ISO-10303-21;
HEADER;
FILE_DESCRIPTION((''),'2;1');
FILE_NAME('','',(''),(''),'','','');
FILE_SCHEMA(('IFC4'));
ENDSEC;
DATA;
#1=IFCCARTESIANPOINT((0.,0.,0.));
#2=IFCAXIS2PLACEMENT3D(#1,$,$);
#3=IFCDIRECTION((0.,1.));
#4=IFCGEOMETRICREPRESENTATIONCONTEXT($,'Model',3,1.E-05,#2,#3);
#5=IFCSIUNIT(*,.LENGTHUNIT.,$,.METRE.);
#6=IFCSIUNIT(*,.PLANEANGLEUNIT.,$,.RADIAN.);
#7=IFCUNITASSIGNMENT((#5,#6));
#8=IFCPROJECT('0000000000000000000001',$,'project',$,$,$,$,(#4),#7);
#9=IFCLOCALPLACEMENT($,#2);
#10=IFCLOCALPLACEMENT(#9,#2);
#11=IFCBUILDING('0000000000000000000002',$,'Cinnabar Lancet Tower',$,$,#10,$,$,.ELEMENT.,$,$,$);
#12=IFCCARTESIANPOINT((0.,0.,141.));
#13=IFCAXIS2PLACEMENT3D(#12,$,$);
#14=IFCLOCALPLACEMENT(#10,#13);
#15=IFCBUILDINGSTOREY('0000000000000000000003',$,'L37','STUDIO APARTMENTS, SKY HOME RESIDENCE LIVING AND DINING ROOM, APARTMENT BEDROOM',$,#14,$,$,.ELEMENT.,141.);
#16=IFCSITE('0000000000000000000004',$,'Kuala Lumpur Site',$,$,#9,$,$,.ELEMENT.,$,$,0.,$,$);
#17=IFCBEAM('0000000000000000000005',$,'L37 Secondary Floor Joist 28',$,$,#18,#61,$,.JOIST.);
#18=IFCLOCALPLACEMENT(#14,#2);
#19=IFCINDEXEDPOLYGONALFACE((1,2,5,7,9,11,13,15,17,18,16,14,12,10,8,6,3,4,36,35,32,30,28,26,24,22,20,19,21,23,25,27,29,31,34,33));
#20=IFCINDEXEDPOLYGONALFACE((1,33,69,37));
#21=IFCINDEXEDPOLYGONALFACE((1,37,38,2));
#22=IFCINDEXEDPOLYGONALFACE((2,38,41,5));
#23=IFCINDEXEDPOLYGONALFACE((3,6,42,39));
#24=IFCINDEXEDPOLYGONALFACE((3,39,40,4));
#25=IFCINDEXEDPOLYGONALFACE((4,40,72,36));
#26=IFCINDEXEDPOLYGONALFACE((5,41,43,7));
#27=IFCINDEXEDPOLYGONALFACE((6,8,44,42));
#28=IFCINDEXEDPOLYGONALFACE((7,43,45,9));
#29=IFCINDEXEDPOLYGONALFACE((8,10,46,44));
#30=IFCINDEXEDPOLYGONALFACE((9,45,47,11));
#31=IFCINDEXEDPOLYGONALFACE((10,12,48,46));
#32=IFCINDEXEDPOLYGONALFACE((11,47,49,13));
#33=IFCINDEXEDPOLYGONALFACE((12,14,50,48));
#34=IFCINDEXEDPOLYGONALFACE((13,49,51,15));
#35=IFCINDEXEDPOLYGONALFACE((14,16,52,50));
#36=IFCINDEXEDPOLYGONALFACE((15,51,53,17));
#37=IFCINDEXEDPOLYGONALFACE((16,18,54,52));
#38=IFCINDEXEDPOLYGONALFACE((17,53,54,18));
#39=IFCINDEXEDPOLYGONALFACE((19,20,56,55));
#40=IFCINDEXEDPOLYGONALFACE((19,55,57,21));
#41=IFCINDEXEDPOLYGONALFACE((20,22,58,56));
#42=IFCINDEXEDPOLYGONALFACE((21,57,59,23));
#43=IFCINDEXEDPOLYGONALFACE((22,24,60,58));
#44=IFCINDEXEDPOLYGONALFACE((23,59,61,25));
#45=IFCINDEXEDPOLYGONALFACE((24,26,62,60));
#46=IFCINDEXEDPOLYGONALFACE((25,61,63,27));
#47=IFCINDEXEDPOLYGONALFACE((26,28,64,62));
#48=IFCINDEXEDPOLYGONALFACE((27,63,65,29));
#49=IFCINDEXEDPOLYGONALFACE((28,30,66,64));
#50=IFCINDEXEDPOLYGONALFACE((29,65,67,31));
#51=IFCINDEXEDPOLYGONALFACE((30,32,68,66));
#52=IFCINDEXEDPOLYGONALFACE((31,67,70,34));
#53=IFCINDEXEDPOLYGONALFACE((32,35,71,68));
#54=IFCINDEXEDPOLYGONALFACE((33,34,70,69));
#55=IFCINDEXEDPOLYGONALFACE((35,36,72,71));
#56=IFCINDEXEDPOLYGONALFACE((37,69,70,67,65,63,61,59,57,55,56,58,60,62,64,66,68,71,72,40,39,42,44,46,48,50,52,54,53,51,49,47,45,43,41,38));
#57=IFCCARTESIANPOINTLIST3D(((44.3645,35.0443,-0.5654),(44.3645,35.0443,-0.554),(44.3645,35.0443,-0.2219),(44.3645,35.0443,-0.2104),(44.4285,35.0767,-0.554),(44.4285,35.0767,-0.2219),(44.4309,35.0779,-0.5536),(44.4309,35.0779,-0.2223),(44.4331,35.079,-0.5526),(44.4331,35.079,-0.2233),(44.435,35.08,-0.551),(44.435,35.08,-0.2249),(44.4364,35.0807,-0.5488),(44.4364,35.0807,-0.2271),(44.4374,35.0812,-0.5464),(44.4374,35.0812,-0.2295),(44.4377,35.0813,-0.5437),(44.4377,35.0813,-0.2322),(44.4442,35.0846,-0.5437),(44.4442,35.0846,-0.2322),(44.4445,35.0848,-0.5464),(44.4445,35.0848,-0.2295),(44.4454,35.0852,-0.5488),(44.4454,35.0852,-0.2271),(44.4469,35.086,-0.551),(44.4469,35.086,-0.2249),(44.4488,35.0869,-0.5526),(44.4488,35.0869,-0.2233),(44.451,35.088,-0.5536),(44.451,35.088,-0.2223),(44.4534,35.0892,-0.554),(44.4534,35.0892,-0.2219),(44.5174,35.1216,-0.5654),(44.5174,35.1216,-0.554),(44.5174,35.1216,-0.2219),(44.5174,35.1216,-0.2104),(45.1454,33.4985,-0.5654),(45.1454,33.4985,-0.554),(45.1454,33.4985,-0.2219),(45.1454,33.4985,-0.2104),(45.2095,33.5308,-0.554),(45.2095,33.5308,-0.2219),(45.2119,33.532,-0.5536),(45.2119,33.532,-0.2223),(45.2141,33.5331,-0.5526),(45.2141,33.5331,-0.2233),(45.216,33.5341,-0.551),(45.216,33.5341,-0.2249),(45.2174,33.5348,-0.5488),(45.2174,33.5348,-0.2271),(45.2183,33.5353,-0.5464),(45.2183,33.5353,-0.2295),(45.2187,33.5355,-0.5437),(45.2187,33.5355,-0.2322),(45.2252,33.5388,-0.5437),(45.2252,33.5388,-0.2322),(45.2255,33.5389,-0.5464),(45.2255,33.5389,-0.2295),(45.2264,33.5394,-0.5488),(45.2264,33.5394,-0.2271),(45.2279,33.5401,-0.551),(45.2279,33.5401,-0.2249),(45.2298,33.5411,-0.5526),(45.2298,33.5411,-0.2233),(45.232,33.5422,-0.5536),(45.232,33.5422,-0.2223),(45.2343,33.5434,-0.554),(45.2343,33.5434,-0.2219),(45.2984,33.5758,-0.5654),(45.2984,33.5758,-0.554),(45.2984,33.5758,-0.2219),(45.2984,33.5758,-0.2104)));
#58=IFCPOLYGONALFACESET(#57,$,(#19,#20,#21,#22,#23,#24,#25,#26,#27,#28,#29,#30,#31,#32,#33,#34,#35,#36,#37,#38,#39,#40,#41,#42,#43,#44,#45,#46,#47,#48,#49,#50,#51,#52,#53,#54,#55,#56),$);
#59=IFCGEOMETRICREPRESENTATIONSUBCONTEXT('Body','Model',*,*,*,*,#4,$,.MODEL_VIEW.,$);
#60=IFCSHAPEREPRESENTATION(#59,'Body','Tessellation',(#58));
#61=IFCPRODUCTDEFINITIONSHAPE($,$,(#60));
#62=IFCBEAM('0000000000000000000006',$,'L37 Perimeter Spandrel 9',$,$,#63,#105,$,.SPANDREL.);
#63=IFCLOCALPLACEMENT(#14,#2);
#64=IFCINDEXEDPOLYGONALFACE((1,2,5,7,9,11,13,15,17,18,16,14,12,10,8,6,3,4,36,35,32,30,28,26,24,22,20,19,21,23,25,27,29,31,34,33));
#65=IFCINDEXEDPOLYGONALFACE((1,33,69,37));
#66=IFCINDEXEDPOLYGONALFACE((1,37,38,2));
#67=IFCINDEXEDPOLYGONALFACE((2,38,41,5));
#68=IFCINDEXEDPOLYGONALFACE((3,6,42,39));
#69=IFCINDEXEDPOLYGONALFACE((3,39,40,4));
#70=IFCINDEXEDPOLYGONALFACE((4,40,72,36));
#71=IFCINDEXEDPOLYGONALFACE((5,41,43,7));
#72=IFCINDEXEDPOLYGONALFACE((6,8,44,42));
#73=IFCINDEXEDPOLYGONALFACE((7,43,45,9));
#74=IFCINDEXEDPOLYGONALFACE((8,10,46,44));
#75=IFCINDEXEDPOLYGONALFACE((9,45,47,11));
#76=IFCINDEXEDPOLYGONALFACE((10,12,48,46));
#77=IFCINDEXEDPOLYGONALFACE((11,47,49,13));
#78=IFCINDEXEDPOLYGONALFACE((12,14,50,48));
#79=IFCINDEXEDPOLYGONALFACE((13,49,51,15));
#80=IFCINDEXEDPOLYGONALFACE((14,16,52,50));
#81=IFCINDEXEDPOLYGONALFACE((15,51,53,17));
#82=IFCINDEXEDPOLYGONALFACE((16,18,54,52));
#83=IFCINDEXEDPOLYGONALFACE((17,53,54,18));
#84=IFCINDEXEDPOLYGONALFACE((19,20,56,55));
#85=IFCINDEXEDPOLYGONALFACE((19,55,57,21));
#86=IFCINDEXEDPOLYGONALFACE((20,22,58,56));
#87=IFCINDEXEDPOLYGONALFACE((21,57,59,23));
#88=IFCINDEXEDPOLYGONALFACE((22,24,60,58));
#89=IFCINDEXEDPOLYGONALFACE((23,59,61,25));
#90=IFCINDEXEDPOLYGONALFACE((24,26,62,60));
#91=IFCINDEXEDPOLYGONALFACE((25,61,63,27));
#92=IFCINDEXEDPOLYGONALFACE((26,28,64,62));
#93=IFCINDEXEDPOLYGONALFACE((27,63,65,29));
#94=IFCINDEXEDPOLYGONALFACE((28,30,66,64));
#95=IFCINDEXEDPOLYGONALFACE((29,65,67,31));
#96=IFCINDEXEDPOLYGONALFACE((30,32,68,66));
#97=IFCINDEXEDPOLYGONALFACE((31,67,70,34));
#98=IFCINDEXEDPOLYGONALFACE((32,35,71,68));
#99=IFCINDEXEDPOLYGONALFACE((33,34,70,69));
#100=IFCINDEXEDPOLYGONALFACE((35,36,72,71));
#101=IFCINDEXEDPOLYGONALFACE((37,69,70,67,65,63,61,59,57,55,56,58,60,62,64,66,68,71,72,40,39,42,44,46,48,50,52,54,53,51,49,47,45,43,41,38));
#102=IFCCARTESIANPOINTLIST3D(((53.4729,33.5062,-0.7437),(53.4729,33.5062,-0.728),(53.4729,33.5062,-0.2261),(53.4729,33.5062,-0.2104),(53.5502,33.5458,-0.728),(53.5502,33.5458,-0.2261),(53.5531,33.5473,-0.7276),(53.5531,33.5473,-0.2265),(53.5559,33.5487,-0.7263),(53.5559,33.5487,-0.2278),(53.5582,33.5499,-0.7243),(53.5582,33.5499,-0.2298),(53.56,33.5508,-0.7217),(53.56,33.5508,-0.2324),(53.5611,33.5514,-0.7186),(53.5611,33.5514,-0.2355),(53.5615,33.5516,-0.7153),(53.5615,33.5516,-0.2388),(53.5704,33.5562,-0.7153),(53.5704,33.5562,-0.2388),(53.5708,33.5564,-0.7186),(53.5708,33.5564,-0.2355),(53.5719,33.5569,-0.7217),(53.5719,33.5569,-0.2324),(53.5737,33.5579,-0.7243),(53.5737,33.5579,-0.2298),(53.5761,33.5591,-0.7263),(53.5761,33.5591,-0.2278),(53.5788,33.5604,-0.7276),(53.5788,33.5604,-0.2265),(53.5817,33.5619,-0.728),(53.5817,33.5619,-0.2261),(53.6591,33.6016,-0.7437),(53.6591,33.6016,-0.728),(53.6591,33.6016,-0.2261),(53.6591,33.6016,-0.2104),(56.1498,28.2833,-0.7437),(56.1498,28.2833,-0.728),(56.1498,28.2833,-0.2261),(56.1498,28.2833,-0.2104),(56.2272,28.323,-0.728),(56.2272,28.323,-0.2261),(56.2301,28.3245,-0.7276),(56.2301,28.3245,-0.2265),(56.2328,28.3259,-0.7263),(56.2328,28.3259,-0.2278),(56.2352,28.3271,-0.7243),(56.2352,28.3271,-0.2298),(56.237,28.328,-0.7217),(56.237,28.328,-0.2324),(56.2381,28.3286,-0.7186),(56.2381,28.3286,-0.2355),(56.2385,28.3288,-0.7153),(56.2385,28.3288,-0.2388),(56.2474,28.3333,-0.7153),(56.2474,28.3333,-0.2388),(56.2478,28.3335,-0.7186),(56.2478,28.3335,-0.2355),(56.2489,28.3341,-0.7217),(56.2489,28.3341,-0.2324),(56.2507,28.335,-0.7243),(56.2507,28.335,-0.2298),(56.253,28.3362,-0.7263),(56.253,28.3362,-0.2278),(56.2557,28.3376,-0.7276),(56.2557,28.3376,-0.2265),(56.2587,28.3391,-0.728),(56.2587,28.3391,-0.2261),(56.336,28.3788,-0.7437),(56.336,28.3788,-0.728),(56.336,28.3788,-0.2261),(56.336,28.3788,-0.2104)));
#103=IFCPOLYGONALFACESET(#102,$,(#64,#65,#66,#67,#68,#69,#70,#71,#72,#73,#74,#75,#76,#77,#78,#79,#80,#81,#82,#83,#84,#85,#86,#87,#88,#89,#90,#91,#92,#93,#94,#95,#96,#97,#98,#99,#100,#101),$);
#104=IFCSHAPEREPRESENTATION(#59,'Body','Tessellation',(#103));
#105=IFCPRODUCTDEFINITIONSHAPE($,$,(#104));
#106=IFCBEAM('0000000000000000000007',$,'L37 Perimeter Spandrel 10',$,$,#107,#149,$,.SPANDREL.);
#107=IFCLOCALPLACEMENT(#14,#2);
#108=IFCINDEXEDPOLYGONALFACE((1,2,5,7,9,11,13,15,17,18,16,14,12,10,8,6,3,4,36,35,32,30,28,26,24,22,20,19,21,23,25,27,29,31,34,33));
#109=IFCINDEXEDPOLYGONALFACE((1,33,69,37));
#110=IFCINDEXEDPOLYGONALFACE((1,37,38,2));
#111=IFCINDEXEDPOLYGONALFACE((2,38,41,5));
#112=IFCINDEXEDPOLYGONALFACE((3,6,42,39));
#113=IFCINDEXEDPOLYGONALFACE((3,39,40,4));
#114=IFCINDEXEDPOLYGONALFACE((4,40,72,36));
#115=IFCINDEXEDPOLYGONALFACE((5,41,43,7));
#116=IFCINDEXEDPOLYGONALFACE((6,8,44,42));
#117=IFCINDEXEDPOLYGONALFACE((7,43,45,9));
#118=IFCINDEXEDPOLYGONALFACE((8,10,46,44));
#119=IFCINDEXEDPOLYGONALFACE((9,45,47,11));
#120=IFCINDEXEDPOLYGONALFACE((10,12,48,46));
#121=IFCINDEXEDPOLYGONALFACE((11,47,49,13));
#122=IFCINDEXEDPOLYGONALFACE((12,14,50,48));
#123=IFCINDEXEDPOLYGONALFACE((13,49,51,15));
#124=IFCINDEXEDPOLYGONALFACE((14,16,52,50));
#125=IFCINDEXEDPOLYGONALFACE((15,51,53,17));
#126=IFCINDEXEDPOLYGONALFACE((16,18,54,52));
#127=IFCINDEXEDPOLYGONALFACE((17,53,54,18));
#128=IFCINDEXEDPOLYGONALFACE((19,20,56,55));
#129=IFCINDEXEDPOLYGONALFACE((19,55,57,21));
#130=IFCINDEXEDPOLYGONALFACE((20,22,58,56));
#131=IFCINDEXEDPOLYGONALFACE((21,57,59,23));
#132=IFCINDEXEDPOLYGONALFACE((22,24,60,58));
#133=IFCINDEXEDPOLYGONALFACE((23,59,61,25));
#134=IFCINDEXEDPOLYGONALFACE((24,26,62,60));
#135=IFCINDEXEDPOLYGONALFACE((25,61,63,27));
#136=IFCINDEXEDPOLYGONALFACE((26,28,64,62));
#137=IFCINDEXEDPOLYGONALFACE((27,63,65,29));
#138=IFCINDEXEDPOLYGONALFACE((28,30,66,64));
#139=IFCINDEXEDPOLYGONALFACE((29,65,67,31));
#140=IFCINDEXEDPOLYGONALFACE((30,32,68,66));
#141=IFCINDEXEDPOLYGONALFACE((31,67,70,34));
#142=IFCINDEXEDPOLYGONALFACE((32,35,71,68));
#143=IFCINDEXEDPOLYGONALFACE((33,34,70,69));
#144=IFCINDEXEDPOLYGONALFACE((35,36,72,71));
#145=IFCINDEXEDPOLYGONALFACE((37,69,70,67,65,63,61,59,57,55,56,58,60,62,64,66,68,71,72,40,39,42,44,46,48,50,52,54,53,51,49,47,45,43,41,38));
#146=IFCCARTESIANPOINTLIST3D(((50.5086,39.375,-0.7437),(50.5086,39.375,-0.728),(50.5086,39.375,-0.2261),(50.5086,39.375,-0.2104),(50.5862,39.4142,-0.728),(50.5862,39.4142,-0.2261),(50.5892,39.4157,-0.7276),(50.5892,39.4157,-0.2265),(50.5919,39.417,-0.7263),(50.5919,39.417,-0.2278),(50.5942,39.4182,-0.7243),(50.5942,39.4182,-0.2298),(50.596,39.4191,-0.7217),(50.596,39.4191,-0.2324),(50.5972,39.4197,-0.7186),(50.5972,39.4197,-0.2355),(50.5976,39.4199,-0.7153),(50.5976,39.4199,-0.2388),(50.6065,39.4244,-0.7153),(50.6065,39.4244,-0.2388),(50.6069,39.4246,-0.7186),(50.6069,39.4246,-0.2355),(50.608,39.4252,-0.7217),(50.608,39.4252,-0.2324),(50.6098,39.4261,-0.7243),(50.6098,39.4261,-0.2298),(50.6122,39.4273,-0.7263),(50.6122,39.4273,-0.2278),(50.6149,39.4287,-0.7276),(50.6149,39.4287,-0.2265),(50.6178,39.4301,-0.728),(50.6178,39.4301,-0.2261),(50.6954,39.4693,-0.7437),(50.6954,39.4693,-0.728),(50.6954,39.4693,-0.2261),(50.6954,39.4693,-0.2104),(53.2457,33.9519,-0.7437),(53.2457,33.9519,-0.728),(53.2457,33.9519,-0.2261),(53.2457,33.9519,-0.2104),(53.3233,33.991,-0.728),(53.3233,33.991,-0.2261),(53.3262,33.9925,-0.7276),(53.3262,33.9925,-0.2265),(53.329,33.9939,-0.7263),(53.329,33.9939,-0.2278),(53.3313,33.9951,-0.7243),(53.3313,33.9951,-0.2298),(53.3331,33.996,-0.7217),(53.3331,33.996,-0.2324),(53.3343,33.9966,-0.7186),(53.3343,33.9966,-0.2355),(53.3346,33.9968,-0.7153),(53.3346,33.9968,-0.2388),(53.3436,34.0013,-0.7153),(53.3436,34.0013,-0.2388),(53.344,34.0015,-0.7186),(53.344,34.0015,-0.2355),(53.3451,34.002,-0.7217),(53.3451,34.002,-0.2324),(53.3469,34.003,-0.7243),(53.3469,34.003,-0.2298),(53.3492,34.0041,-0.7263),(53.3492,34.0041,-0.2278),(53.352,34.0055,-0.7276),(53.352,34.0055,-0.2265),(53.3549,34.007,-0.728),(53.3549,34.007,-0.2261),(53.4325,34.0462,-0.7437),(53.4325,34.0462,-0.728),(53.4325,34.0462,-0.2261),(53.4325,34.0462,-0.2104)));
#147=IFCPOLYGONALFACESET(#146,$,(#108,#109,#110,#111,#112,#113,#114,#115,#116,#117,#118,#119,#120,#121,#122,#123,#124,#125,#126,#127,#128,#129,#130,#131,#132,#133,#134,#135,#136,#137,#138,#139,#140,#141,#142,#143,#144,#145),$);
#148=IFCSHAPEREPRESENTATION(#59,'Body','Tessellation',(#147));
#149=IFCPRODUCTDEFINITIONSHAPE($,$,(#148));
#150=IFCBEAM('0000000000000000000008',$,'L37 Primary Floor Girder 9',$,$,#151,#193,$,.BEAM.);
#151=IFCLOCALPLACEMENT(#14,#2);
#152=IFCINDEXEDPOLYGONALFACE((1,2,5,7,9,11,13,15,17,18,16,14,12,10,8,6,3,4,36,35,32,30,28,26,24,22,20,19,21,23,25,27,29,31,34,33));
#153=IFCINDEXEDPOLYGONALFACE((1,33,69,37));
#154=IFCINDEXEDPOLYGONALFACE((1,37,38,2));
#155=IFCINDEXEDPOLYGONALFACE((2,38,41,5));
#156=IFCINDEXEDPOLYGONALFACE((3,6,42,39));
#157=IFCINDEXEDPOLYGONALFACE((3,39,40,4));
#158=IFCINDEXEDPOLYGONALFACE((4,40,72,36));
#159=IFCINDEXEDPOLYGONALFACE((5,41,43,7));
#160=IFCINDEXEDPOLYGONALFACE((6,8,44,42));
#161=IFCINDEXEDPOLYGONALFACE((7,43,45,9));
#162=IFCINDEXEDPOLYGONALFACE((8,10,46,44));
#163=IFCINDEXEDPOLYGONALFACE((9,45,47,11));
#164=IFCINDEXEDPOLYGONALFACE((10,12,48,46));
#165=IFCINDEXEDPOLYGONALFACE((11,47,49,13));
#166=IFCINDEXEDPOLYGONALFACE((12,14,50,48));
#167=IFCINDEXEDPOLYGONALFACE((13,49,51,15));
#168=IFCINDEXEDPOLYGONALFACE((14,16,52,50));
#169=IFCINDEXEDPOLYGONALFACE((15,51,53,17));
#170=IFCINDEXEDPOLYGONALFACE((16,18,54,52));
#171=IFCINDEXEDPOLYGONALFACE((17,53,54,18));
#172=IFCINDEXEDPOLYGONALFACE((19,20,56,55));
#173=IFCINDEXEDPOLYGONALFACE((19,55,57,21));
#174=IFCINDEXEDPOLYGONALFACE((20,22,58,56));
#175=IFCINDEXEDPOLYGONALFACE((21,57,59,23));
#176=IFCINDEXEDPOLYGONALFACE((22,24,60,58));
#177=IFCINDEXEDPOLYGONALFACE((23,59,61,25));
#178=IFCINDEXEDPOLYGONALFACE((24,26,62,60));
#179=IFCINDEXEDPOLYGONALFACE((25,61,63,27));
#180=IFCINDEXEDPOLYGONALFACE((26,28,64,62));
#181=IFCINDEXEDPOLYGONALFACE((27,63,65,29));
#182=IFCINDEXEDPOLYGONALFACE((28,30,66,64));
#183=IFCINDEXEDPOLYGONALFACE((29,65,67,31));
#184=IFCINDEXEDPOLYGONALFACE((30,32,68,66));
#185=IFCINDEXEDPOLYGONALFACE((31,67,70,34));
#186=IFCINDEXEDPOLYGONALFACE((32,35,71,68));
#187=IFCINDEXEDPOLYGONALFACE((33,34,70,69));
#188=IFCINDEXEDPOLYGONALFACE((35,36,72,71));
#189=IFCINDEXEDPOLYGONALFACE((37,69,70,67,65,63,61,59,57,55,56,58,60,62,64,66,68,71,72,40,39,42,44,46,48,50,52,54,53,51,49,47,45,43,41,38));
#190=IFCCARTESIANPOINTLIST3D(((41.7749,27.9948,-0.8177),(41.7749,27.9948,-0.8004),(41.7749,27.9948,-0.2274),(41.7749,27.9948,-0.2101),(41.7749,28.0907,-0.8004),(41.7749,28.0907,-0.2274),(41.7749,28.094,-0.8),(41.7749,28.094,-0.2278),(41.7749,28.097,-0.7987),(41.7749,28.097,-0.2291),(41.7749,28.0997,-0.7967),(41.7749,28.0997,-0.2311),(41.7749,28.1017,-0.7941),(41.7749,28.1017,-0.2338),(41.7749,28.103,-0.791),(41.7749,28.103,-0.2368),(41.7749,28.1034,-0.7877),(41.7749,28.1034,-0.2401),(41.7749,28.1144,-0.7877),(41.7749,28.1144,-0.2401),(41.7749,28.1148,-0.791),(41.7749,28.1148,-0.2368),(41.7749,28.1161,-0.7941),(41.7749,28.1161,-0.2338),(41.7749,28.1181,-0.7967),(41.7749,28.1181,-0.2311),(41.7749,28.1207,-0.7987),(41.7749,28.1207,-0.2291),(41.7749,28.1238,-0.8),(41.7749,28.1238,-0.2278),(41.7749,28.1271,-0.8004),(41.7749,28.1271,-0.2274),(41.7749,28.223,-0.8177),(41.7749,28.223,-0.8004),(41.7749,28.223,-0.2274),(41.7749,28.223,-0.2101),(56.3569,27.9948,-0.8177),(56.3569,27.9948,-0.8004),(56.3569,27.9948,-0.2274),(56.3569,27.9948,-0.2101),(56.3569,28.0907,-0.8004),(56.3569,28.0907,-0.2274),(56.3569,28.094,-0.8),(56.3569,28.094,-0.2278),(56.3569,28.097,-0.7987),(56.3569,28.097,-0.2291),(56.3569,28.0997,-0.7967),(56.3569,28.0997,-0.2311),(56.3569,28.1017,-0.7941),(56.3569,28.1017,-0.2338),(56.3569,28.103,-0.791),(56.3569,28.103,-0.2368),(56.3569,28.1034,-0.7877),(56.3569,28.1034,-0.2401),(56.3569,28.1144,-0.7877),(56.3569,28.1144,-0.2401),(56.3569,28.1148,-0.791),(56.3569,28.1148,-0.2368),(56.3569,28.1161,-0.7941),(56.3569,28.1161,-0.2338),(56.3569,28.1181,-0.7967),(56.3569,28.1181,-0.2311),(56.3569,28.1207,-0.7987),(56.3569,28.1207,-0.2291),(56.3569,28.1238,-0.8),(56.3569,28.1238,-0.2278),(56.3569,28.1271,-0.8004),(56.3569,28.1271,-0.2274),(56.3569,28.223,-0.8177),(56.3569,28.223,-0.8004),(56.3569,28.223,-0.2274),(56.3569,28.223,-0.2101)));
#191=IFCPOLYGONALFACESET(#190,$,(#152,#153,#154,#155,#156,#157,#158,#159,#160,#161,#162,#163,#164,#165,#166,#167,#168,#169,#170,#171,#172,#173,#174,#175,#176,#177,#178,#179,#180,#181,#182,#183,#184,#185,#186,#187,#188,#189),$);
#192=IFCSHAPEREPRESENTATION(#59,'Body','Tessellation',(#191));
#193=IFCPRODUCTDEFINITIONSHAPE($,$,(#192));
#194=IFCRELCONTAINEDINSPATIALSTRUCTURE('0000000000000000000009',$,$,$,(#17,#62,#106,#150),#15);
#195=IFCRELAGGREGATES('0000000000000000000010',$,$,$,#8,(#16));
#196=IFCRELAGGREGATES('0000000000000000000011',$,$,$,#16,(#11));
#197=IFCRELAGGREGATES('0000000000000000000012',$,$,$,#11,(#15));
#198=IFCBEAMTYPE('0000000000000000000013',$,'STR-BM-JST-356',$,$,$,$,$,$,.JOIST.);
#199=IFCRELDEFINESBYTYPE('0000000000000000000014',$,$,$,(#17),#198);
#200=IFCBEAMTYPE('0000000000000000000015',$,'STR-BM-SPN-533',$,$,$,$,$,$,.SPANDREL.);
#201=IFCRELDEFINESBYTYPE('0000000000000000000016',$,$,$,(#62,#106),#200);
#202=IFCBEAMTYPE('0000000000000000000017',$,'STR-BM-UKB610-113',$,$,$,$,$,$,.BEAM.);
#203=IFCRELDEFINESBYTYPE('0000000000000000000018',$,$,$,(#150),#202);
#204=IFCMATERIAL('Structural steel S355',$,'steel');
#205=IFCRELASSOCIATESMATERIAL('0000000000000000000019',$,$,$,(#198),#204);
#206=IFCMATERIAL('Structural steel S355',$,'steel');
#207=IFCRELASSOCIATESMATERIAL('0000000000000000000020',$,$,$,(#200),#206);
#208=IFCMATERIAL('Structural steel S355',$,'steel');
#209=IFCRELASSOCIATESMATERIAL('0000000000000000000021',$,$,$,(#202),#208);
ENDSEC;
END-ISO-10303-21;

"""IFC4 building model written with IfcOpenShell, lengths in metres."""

from ifc_helpers import new_model, si_unit, direction, frame, origin, origin_2d, place, context, subcontext, project, spatial, i_section, extrude, material, material_profile, profile_set, type_object, element, save


model = new_model("IFC4")

# Units and contexts
model_context = context("Model", 3, precision=1e-05, world=origin(), true_north=direction((0.0, 1.0)))
body_context = subcontext(model_context, "Body", "Model", "MODEL_VIEW")
ifc_project = project(units=[si_unit("LENGTHUNIT", "METRE"), si_unit("PLANEANGLEUNIT", "RADIAN")], contexts=[model_context])

# Site, building, storey
site_placement = place(None, origin())
site = spatial("IfcSite", under=ifc_project, at=site_placement, Name="Kuala Lumpur Site", CompositionType="ELEMENT", RefElevation=0.0)
building_placement = place(site_placement, origin())
building = spatial("IfcBuilding", under=site, at=building_placement, Name="Cinnabar Lancet Tower", CompositionType="ELEMENT")
storey_placement = place(building_placement, frame((0.0, 0.0, 141.0)))
storey = spatial("IfcBuildingStorey", under=building, at=storey_placement, Name="L37", Description="STUDIO APARTMENTS, SKY HOME RESIDENCE LIVING AND DINING ROOM, APARTMENT BEDROOM", CompositionType="ELEMENT", Elevation=141.0)

# Beams
ifc_material_1 = material(Name="Structural steel S355", Category="steel")
ifc_material_profile_1 = material_profile(ifc_material_1, i_section(OverallWidth=0.1714, OverallDepth=0.355, WebThickness=0.0073, FlangeThickness=0.0115, FilletRadius=0.0103, at=origin_2d()), Name="UKB 356x171x51")
ifc_profile_set_1 = profile_set([ifc_material_profile_1], Name="Structural steel S355")
beam_type_1 = type_object("IfcBeamType", Name="STR-BM-JST-356", PredefinedType="JOIST", material=ifc_profile_set_1)
beam_1_placement = place(storey_placement, frame((45.2219, 33.5371, -0.3879), z_axis=(-0.450931, 0.892559, 0.0), x_axis=(-0.892559, -0.450931, 0.0)))
element("IfcBeam", 1, at=beam_1_placement, inside=storey, type_object=beam_type_1, Name="L37 Secondary Floor Joist 28", PredefinedType="JOIST", context=body_context, shape_type="SweptSolid", body=[
    extrude(i_section(OverallWidth=0.1714, OverallDepth=0.355, WebThickness=0.0073, FlangeThickness=0.0115, FilletRadius=0.0103, at=origin_2d()), origin(), (0.0, 0.0, 1.0), 1.7319),
])
ifc_material_2 = material(Name="Structural steel S355", Category="steel")
ifc_material_profile_2 = material_profile(ifc_material_2, i_section(OverallWidth=0.2092, OverallDepth=0.5332, WebThickness=0.01, FlangeThickness=0.0156, FilletRadius=0.0127, at=origin_2d()), Name="UKB 533x210x92")
ifc_profile_set_2 = profile_set([ifc_material_profile_2], Name="Structural steel S355")
beam_type_2 = type_object("IfcBeamType", Name="STR-BM-SPN-533", PredefinedType="SPANDREL", material=ifc_profile_set_2)
beam_2_placement = place(storey_placement, frame((56.2429, 28.3311, -0.4771), z_axis=(-0.456127, 0.889915, 0.0), x_axis=(-0.889915, -0.456127, 0.0)))
element("IfcBeam", 2, at=beam_2_placement, inside=storey, type_object=beam_type_2, Name="L37 Perimeter Spandrel 9", PredefinedType="SPANDREL", context=body_context, shape_type="SweptSolid", body=[
    extrude(i_section(OverallWidth=0.2092, OverallDepth=0.5332, WebThickness=0.01, FlangeThickness=0.0156, FilletRadius=0.0127, at=origin_2d()), origin(), (0.0, 0.0, 1.0), 5.8689),
])
beam_3_placement = place(storey_placement, frame((53.3391, 33.999, -0.4771), z_axis=(-0.45057, 0.892741, 0.0), x_axis=(-0.892741, -0.45057, 0.0)))
element("IfcBeam", 3, at=beam_3_placement, inside=storey, type_object=beam_type_2, Name="L37 Perimeter Spandrel 10", PredefinedType="SPANDREL", context=body_context, shape_type="SweptSolid", body=[
    extrude(i_section(OverallWidth=0.2092, OverallDepth=0.5332, WebThickness=0.01, FlangeThickness=0.0156, FilletRadius=0.0127, at=origin_2d()), origin(), (0.0, 0.0, 1.0), 6.0747),
])
ifc_material_3 = material(Name="Structural steel S355", Category="steel")
ifc_material_profile_3 = material_profile(ifc_material_3, i_section(OverallWidth=0.2283, OverallDepth=0.6077, WebThickness=0.011, FlangeThickness=0.0173, FilletRadius=0.0127, at=origin_2d()), Name="UKB 610x229x113")
ifc_profile_set_3 = profile_set([ifc_material_profile_3], Name="Structural steel S355")
beam_type_3 = type_object("IfcBeamType", Name="STR-BM-UKB610-113", PredefinedType="BEAM", material=ifc_profile_set_3)
beam_4_placement = place(storey_placement, frame((56.3569, 28.1089, -0.5139), z_axis=(-1.0, 0.0, 0.0), x_axis=(0.0, -1.0, 0.0)))
element("IfcBeam", 4, at=beam_4_placement, inside=storey, type_object=beam_type_3, Name="L37 Primary Floor Girder 9", PredefinedType="BEAM", context=body_context, shape_type="SweptSolid", body=[
    extrude(i_section(OverallWidth=0.2283, OverallDepth=0.6077, WebThickness=0.011, FlangeThickness=0.0173, FilletRadius=0.0127, at=origin_2d()), origin(), (0.0, 0.0, 1.0), 14.582),
])

save(model, "model.ifc")
